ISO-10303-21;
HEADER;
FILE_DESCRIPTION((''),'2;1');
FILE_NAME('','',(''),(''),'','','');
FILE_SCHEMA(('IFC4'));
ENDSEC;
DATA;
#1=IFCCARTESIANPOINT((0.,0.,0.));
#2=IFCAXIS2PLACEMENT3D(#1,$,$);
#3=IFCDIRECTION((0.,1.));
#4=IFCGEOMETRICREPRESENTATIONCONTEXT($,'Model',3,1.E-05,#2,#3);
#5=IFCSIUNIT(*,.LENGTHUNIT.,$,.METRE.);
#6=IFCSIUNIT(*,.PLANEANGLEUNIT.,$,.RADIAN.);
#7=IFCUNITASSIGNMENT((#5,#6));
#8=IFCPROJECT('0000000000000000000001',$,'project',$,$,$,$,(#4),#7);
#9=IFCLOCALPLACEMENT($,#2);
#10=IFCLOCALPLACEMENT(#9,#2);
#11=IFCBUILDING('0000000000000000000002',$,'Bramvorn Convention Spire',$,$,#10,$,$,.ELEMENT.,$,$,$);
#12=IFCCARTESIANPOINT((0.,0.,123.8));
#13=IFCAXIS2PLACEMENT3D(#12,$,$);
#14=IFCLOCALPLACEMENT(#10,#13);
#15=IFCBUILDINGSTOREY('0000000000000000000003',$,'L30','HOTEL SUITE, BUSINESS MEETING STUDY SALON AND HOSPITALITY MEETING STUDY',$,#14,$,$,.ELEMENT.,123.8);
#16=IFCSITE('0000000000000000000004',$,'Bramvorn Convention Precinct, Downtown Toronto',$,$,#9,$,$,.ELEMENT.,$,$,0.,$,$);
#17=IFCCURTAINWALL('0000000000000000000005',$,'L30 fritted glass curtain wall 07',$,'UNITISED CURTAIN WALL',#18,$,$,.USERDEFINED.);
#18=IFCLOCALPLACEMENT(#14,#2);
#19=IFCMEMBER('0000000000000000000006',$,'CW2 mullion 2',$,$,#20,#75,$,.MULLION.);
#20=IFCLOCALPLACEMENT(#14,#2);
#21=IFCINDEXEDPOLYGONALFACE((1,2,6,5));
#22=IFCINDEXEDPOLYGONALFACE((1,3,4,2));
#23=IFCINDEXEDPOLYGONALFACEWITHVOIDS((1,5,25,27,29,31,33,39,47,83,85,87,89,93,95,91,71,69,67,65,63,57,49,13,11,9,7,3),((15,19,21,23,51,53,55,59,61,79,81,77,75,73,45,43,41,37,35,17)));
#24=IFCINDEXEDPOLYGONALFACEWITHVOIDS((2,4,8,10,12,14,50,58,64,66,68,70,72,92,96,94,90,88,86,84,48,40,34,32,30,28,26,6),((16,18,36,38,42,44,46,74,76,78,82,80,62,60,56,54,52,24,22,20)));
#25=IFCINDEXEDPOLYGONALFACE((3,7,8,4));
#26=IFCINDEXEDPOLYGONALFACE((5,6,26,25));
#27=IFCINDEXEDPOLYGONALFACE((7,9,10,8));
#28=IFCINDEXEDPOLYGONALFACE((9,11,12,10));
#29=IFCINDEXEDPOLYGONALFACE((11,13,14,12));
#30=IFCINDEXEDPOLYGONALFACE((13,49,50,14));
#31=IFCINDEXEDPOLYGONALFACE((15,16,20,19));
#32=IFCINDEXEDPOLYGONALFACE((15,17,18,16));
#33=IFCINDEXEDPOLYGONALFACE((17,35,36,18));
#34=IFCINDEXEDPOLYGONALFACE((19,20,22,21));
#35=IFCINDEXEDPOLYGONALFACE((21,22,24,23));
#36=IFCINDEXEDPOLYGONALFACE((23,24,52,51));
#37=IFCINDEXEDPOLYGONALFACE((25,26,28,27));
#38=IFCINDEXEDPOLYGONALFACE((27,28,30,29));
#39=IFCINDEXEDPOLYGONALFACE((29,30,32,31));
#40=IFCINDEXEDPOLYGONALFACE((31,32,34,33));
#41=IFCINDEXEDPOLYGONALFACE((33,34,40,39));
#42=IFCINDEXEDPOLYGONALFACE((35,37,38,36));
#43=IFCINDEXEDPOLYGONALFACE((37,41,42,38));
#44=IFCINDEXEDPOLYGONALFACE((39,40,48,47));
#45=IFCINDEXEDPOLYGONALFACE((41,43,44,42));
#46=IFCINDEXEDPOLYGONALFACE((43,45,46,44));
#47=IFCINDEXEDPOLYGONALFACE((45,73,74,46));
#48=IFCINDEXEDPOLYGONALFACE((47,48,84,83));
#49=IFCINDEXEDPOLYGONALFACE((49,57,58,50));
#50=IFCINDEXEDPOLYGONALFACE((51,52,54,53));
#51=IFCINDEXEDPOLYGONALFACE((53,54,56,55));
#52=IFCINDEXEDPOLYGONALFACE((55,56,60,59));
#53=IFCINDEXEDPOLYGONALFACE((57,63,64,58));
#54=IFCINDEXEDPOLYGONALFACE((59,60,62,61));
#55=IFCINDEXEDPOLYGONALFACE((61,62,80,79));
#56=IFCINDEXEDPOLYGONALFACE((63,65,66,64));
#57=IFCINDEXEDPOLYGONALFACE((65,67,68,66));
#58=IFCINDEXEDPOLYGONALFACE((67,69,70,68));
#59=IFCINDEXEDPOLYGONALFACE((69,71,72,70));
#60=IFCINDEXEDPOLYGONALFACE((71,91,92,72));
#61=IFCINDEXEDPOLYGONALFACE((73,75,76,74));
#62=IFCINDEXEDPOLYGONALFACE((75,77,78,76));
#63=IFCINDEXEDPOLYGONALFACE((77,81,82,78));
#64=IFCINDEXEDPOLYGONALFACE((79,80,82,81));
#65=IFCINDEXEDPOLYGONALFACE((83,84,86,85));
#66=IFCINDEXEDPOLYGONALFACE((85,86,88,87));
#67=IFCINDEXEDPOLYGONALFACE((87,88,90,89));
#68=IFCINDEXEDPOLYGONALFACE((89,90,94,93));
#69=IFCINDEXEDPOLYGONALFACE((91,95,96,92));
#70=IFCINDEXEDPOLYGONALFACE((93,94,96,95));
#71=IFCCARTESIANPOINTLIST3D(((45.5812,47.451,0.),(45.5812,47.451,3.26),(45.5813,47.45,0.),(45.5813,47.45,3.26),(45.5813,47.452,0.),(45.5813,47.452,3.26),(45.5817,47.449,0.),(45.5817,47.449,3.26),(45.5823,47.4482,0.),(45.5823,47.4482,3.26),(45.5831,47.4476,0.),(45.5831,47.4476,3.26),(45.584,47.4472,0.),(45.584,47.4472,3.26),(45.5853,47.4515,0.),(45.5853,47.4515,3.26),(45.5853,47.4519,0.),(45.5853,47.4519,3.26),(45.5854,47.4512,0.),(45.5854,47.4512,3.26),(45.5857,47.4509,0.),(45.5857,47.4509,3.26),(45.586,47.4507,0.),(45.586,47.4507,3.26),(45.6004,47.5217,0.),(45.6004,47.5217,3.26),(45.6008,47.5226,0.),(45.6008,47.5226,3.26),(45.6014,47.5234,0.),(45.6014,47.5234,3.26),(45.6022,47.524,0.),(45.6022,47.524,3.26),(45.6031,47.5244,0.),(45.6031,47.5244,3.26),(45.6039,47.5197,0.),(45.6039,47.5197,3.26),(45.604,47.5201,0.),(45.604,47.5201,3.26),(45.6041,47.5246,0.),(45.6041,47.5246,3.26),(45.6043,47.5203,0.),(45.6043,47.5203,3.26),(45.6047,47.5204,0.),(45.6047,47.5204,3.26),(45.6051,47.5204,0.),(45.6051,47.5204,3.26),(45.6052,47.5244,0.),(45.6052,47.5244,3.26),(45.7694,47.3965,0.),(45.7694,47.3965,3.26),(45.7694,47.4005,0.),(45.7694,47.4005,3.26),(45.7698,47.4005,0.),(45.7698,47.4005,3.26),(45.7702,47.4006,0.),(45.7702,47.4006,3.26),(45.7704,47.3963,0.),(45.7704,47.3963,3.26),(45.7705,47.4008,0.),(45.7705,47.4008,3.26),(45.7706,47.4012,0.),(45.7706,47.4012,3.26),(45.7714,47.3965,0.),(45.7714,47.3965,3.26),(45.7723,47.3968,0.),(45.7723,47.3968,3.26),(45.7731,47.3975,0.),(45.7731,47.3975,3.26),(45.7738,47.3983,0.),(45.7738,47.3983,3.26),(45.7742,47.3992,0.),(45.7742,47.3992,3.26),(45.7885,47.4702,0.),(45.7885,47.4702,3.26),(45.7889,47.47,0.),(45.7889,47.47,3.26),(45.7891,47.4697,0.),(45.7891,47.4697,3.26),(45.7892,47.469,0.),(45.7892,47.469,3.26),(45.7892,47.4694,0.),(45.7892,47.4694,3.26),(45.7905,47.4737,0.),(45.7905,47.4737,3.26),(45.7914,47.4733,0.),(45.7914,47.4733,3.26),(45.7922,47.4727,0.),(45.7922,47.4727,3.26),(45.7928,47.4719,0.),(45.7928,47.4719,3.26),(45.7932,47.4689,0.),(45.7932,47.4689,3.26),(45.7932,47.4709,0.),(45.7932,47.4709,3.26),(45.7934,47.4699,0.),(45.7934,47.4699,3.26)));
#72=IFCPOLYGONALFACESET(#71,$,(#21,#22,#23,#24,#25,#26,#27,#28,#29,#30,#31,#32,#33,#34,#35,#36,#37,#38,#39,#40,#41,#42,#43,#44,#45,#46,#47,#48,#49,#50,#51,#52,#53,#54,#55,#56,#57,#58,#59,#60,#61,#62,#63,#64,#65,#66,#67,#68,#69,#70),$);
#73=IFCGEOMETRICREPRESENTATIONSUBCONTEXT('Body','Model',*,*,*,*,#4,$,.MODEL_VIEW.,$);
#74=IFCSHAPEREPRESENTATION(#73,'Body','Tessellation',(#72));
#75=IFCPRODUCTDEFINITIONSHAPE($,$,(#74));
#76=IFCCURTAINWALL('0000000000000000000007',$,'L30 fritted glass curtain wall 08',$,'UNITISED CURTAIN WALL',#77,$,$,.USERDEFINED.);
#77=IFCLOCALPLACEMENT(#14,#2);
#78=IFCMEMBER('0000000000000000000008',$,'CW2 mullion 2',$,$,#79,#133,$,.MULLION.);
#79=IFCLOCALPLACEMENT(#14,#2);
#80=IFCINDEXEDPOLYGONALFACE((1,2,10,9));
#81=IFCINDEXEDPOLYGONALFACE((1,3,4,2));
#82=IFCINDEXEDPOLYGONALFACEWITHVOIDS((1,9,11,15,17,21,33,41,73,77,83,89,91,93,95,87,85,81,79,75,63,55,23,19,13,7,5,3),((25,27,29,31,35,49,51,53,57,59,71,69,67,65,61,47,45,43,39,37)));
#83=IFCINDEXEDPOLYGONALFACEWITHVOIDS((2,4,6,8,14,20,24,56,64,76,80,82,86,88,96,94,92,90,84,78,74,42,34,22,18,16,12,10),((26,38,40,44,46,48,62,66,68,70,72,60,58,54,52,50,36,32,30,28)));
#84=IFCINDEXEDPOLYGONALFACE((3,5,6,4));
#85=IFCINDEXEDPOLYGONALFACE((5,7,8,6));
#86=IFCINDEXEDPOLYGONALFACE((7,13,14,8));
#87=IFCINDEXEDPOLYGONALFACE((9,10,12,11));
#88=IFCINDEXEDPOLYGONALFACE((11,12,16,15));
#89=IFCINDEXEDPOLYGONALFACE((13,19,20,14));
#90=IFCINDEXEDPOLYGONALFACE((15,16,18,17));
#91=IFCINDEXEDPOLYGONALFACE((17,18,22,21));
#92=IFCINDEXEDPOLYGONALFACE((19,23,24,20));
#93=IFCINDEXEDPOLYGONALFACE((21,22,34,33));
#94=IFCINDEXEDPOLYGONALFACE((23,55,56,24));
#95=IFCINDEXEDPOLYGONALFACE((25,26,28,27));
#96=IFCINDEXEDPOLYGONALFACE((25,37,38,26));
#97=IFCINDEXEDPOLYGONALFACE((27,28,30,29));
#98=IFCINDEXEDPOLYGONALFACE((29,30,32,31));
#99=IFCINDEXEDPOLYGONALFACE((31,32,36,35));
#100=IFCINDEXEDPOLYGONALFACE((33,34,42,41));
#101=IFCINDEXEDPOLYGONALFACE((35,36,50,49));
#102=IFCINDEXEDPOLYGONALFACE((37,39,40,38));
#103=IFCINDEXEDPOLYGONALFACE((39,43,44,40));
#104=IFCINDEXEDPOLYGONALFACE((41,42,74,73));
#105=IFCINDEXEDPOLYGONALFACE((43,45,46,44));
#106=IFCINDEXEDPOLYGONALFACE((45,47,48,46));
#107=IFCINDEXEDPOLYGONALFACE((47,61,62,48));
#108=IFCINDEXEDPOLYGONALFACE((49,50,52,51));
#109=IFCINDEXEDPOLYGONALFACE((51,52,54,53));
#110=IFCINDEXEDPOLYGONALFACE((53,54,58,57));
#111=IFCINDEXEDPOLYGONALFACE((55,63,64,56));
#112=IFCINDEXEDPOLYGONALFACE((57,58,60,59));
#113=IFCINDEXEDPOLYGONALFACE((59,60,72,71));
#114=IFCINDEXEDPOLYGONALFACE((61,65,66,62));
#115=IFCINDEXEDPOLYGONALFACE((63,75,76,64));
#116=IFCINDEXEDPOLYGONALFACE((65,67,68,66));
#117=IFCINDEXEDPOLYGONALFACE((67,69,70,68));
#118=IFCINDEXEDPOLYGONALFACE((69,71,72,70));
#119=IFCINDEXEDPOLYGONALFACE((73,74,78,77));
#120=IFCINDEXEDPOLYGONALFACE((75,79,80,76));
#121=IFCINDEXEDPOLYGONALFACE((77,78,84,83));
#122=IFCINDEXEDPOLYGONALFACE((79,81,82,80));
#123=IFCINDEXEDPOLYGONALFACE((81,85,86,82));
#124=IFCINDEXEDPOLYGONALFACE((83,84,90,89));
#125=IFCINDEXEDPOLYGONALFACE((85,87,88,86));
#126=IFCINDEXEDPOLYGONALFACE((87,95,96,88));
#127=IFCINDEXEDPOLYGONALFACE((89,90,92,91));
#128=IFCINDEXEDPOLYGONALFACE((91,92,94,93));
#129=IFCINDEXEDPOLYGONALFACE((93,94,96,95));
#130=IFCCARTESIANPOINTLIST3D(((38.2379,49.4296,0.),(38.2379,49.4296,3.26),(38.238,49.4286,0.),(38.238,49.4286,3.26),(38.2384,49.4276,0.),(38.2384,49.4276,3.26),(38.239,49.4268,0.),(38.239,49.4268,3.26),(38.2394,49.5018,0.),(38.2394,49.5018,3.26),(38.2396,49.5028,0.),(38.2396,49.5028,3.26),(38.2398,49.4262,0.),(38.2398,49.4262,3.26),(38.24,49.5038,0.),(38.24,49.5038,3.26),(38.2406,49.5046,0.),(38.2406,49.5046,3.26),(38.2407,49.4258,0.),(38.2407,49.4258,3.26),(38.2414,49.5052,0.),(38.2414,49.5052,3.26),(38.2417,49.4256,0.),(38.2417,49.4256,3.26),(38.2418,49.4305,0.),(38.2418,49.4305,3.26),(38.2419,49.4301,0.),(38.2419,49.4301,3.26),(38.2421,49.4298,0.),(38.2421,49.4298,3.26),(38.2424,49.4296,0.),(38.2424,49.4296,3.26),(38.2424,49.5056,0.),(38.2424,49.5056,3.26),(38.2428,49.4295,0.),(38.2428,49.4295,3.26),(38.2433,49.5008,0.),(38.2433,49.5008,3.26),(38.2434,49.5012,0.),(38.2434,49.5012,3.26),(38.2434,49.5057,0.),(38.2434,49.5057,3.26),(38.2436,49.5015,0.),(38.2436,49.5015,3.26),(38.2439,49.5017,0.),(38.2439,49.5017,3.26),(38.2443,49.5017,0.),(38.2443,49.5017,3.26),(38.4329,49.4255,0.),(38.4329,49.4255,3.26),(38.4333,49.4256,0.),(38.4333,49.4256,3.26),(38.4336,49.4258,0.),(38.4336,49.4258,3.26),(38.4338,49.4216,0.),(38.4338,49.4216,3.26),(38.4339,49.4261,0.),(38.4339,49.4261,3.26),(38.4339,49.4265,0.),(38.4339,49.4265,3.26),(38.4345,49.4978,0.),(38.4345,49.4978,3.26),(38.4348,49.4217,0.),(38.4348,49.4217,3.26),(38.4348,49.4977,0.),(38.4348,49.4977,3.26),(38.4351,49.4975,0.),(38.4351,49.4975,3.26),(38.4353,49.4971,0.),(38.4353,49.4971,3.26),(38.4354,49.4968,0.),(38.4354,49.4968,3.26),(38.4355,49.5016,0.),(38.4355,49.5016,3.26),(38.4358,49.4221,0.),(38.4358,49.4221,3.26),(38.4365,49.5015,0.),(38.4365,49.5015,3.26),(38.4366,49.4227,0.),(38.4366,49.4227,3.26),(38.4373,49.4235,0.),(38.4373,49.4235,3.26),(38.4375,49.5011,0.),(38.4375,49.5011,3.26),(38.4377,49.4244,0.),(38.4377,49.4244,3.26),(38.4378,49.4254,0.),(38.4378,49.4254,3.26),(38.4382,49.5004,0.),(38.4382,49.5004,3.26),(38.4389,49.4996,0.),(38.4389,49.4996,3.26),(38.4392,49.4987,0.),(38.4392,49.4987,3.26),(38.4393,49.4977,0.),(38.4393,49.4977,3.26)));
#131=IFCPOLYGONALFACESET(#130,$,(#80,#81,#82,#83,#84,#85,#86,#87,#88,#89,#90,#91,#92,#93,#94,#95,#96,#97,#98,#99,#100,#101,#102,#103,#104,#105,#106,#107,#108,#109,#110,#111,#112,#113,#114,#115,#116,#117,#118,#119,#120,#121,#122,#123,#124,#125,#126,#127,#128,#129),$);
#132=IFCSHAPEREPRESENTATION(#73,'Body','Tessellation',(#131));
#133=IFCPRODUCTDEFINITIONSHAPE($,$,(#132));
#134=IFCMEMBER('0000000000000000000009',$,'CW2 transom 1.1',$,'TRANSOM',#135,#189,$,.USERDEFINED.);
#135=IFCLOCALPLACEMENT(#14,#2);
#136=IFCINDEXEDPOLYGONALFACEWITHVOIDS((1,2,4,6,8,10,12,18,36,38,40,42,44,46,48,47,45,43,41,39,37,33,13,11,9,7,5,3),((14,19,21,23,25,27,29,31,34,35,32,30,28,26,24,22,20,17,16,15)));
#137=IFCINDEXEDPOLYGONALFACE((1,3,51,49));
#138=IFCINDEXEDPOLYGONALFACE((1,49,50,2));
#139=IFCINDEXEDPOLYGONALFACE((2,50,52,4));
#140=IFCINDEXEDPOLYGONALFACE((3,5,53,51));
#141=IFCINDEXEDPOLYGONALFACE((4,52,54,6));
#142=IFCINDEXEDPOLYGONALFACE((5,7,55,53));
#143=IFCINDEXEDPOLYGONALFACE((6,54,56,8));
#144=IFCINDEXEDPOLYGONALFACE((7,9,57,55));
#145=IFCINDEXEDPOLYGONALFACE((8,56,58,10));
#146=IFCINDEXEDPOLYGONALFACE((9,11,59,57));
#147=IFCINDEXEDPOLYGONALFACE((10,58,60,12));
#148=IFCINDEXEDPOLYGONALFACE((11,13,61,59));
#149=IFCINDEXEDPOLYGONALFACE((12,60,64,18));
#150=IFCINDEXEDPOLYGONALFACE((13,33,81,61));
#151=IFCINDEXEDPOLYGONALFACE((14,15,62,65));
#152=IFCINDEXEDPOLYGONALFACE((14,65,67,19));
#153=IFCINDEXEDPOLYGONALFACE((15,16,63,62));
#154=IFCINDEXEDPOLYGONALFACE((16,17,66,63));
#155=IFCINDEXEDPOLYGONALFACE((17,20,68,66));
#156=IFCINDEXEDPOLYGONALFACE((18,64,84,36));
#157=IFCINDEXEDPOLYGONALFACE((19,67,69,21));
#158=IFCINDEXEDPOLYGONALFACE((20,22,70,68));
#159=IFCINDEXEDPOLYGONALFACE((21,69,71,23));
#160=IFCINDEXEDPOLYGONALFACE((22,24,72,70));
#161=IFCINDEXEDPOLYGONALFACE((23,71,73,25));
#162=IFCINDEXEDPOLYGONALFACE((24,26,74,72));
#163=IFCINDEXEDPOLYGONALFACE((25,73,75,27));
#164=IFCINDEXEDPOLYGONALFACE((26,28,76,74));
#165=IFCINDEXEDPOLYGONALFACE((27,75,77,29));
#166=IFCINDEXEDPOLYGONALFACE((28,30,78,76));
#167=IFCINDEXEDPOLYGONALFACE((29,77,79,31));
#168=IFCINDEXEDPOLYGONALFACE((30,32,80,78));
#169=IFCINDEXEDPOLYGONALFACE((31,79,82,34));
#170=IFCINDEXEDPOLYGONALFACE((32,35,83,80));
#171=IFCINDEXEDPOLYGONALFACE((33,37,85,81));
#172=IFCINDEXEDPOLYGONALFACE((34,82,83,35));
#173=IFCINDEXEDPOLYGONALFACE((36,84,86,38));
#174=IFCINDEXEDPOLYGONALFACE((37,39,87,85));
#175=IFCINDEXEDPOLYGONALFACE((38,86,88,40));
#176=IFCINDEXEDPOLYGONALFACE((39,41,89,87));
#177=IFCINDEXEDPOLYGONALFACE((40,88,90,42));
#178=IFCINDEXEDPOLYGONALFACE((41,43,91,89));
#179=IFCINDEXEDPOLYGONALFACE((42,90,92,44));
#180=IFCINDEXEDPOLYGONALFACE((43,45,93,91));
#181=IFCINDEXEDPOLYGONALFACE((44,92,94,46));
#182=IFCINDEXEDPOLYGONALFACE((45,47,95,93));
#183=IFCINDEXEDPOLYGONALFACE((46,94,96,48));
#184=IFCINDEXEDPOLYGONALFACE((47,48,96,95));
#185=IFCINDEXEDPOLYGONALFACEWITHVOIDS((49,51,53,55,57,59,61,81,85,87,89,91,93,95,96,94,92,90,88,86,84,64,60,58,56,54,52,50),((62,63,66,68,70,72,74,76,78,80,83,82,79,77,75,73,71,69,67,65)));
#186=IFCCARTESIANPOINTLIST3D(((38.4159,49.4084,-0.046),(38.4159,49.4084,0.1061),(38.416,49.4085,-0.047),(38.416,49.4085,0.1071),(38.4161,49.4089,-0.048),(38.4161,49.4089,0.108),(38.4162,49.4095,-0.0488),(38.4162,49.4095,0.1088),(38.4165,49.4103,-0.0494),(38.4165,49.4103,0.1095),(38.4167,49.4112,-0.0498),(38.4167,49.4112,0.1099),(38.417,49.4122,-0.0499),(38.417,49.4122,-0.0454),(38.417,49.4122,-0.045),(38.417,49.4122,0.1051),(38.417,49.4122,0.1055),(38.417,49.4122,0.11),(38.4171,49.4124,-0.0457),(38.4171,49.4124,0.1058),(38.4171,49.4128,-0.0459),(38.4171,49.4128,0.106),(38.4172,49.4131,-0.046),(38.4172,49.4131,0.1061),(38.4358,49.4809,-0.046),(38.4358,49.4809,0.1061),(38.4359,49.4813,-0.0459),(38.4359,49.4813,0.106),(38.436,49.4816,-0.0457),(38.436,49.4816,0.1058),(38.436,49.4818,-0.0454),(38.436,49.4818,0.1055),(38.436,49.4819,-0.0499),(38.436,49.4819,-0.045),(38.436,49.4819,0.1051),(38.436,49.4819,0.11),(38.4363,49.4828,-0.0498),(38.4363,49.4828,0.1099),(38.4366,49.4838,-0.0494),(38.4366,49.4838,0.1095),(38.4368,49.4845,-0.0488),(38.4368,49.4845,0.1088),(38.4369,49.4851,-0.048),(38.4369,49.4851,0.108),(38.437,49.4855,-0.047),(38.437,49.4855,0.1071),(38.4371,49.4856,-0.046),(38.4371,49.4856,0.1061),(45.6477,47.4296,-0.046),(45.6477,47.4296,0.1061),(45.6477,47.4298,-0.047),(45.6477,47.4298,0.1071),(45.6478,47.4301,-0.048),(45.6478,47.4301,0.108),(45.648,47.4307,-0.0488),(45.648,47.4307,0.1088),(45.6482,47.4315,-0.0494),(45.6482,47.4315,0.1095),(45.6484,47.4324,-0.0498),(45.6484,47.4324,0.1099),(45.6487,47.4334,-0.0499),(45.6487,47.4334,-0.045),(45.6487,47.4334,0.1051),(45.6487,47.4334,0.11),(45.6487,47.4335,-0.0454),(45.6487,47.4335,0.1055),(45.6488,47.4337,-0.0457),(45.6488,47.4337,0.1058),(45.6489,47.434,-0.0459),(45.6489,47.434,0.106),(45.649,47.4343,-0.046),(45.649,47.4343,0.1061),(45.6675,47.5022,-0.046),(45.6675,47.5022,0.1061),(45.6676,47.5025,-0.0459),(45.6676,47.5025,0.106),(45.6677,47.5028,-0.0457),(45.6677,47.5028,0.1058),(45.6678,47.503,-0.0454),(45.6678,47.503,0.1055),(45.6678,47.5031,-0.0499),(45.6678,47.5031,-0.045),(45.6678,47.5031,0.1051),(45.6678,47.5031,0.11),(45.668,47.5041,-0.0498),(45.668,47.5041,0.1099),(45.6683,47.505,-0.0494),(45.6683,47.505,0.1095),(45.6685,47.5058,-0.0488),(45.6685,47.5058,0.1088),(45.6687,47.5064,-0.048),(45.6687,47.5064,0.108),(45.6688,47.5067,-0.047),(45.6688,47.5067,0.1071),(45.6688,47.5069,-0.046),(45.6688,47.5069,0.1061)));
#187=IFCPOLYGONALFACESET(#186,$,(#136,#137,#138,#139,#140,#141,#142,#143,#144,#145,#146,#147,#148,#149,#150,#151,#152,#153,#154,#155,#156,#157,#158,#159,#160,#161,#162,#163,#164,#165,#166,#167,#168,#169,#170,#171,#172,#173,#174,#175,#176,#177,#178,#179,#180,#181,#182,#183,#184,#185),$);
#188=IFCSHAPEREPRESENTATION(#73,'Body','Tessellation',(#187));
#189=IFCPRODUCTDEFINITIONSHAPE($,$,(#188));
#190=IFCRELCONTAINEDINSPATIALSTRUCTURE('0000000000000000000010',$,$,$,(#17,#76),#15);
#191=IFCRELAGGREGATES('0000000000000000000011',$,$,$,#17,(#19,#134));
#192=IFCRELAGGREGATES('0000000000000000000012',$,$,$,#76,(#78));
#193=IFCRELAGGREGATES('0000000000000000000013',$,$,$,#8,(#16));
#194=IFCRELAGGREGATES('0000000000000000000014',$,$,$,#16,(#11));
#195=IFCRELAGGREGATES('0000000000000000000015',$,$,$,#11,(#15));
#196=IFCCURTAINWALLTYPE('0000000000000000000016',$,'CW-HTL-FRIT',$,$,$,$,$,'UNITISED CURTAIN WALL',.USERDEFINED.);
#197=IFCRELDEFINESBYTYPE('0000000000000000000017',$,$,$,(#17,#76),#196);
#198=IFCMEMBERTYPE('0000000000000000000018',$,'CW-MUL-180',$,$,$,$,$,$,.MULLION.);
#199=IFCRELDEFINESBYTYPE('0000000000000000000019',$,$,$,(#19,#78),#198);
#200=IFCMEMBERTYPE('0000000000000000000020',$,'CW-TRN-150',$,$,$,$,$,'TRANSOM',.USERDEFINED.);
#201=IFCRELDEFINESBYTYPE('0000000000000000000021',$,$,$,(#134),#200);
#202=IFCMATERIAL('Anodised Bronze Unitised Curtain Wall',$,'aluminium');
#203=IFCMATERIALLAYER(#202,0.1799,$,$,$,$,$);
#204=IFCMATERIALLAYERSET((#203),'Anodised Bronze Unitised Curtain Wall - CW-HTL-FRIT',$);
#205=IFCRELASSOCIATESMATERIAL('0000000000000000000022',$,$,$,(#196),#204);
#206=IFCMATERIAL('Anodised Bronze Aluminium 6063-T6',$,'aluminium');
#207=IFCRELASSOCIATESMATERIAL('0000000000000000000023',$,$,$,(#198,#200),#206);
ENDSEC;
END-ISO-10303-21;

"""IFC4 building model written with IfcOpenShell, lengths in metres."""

from ifc_helpers import new_model, si_unit, direction, frame, origin, origin_2d, place, context, subcontext, project, spatial, hollow_rectangle, extrude, material, layer, layer_set, material_profile, profile_set, type_object, element, aggregate, save


model = new_model("IFC4")

# Units and contexts
model_context = context("Model", 3, precision=1e-05, world=origin(), true_north=direction((0.0, 1.0)))
body_context = subcontext(model_context, "Body", "Model", "MODEL_VIEW")
ifc_project = project(units=[si_unit("LENGTHUNIT", "METRE"), si_unit("PLANEANGLEUNIT", "RADIAN")], contexts=[model_context])

# Site, building, storey
site_placement = place(None, origin())
site = spatial("IfcSite", under=ifc_project, at=site_placement, Name="Bramvorn Convention Precinct, Downtown Toronto", CompositionType="ELEMENT", RefElevation=0.0)
building_placement = place(site_placement, origin())
building = spatial("IfcBuilding", under=site, at=building_placement, Name="Bramvorn Convention Spire", CompositionType="ELEMENT")
storey_placement = place(building_placement, frame((0.0, 0.0, 123.8)))
storey = spatial("IfcBuildingStorey", under=building, at=storey_placement, Name="L30", Description="HOTEL SUITE, BUSINESS MEETING STUDY SALON AND HOSPITALITY MEETING STUDY", CompositionType="ELEMENT", Elevation=123.8)

# Curtain wall, member
ifc_material_1 = material(Name="Anodised Bronze Unitised Curtain Wall", Category="aluminium")
ifc_layer_1 = layer(ifc_material_1, 0.1799)
ifc_layer_set_1 = layer_set([ifc_layer_1], Name="Anodised Bronze Unitised Curtain Wall - CW-HTL-FRIT")
curtain_wall_type = type_object("IfcCurtainWallType", Name="CW-HTL-FRIT", ElementType="UNITISED CURTAIN WALL", PredefinedType="USERDEFINED", material=ifc_layer_set_1)
curtain_wall_1_placement = place(storey_placement, origin())
curtain_wall_1 = element("IfcCurtainWall", 1, at=curtain_wall_1_placement, inside=storey, type_object=curtain_wall_type, Name="L30 fritted glass curtain wall 07", ObjectType="UNITISED CURTAIN WALL", PredefinedType="USERDEFINED")
ifc_material_2 = material(Name="Anodised Bronze Aluminium 6063-T6", Category="aluminium")
ifc_material_profile_1 = material_profile(ifc_material_2, hollow_rectangle(XDim=0.0801, YDim=0.2, WallThickness=0.0039, InnerFilletRadius=0.001, OuterFilletRadius=0.0039, at=origin_2d()))
ifc_profile_set_1 = profile_set([ifc_material_profile_1], Name="Anodised Bronze Aluminium 6063-T6 - CWM80X200")
member_type_1 = type_object("IfcMemberType", Name="CW-MUL-180", PredefinedType="MULLION", material=ifc_profile_set_1)
member_1_placement = place(storey_placement, frame((45.6873, 47.4604, 0.0), z_axis=(0.0, 0.0, 1.0), x_axis=(0.263919, 0.964545, 0.0)))
member_1 = element("IfcMember", 2, at=member_1_placement, type_object=member_type_1, Name="CW2 mullion 2", PredefinedType="MULLION", context=body_context, shape_type="SweptSolid", body=[
    extrude(hollow_rectangle(XDim=0.0801, YDim=0.2, WallThickness=0.0039, InnerFilletRadius=0.001, OuterFilletRadius=0.0039, at=origin_2d()), origin(), (0.0, 0.0, 1.0), 3.26),
])

# Curtain wall, member
curtain_wall_2_placement = place(storey_placement, origin())
curtain_wall_2 = element("IfcCurtainWall", 3, at=curtain_wall_2_placement, inside=storey, type_object=curtain_wall_type, Name="L30 fritted glass curtain wall 08", ObjectType="UNITISED CURTAIN WALL", PredefinedType="USERDEFINED")
member_2_placement = place(storey_placement, frame((38.3386, 49.4636, 0.0), z_axis=(0.0, 0.0, 1.0), x_axis=(0.02094, 0.999781, 0.0)))
member_2 = element("IfcMember", 4, at=member_2_placement, type_object=member_type_1, Name="CW2 mullion 2", PredefinedType="MULLION", context=body_context, shape_type="SweptSolid", body=[
    extrude(hollow_rectangle(XDim=0.0801, YDim=0.2, WallThickness=0.0039, InnerFilletRadius=0.001, OuterFilletRadius=0.0039, at=origin_2d()), origin(), (0.0, 0.0, 1.0), 3.26),
])

# Member
ifc_material_profile_2 = material_profile(ifc_material_2, hollow_rectangle(XDim=0.0801, YDim=0.1599, WallThickness=0.0039, InnerFilletRadius=0.001, OuterFilletRadius=0.0039, at=origin_2d()))
ifc_profile_set_2 = profile_set([ifc_material_profile_2], Name="Anodised Bronze Aluminium 6063-T6 - CWT80X160")
member_type_2 = type_object("IfcMemberType", Name="CW-TRN-150", ElementType="TRANSOM", PredefinedType="USERDEFINED", material=ifc_profile_set_2)
member_3_placement = place(storey_placement, frame((38.4265, 49.447, 0.03), z_axis=(0.964544, -0.263922, 0.0), x_axis=(0.263922, 0.964544, 0.0)))
member_3 = element("IfcMember", 5, at=member_3_placement, type_object=member_type_2, Name="CW2 transom 1.1", ObjectType="TRANSOM", PredefinedType="USERDEFINED", context=body_context, shape_type="SweptSolid", body=[
    extrude(hollow_rectangle(XDim=0.0801, YDim=0.1599, WallThickness=0.0039, InnerFilletRadius=0.001, OuterFilletRadius=0.0039, at=origin_2d()), origin(), (0.0, 0.0, 1.0), 7.4976),
])

aggregate(curtain_wall_1, [member_1, member_3])
aggregate(curtain_wall_2, [member_2])

save(model, "model.ifc")
